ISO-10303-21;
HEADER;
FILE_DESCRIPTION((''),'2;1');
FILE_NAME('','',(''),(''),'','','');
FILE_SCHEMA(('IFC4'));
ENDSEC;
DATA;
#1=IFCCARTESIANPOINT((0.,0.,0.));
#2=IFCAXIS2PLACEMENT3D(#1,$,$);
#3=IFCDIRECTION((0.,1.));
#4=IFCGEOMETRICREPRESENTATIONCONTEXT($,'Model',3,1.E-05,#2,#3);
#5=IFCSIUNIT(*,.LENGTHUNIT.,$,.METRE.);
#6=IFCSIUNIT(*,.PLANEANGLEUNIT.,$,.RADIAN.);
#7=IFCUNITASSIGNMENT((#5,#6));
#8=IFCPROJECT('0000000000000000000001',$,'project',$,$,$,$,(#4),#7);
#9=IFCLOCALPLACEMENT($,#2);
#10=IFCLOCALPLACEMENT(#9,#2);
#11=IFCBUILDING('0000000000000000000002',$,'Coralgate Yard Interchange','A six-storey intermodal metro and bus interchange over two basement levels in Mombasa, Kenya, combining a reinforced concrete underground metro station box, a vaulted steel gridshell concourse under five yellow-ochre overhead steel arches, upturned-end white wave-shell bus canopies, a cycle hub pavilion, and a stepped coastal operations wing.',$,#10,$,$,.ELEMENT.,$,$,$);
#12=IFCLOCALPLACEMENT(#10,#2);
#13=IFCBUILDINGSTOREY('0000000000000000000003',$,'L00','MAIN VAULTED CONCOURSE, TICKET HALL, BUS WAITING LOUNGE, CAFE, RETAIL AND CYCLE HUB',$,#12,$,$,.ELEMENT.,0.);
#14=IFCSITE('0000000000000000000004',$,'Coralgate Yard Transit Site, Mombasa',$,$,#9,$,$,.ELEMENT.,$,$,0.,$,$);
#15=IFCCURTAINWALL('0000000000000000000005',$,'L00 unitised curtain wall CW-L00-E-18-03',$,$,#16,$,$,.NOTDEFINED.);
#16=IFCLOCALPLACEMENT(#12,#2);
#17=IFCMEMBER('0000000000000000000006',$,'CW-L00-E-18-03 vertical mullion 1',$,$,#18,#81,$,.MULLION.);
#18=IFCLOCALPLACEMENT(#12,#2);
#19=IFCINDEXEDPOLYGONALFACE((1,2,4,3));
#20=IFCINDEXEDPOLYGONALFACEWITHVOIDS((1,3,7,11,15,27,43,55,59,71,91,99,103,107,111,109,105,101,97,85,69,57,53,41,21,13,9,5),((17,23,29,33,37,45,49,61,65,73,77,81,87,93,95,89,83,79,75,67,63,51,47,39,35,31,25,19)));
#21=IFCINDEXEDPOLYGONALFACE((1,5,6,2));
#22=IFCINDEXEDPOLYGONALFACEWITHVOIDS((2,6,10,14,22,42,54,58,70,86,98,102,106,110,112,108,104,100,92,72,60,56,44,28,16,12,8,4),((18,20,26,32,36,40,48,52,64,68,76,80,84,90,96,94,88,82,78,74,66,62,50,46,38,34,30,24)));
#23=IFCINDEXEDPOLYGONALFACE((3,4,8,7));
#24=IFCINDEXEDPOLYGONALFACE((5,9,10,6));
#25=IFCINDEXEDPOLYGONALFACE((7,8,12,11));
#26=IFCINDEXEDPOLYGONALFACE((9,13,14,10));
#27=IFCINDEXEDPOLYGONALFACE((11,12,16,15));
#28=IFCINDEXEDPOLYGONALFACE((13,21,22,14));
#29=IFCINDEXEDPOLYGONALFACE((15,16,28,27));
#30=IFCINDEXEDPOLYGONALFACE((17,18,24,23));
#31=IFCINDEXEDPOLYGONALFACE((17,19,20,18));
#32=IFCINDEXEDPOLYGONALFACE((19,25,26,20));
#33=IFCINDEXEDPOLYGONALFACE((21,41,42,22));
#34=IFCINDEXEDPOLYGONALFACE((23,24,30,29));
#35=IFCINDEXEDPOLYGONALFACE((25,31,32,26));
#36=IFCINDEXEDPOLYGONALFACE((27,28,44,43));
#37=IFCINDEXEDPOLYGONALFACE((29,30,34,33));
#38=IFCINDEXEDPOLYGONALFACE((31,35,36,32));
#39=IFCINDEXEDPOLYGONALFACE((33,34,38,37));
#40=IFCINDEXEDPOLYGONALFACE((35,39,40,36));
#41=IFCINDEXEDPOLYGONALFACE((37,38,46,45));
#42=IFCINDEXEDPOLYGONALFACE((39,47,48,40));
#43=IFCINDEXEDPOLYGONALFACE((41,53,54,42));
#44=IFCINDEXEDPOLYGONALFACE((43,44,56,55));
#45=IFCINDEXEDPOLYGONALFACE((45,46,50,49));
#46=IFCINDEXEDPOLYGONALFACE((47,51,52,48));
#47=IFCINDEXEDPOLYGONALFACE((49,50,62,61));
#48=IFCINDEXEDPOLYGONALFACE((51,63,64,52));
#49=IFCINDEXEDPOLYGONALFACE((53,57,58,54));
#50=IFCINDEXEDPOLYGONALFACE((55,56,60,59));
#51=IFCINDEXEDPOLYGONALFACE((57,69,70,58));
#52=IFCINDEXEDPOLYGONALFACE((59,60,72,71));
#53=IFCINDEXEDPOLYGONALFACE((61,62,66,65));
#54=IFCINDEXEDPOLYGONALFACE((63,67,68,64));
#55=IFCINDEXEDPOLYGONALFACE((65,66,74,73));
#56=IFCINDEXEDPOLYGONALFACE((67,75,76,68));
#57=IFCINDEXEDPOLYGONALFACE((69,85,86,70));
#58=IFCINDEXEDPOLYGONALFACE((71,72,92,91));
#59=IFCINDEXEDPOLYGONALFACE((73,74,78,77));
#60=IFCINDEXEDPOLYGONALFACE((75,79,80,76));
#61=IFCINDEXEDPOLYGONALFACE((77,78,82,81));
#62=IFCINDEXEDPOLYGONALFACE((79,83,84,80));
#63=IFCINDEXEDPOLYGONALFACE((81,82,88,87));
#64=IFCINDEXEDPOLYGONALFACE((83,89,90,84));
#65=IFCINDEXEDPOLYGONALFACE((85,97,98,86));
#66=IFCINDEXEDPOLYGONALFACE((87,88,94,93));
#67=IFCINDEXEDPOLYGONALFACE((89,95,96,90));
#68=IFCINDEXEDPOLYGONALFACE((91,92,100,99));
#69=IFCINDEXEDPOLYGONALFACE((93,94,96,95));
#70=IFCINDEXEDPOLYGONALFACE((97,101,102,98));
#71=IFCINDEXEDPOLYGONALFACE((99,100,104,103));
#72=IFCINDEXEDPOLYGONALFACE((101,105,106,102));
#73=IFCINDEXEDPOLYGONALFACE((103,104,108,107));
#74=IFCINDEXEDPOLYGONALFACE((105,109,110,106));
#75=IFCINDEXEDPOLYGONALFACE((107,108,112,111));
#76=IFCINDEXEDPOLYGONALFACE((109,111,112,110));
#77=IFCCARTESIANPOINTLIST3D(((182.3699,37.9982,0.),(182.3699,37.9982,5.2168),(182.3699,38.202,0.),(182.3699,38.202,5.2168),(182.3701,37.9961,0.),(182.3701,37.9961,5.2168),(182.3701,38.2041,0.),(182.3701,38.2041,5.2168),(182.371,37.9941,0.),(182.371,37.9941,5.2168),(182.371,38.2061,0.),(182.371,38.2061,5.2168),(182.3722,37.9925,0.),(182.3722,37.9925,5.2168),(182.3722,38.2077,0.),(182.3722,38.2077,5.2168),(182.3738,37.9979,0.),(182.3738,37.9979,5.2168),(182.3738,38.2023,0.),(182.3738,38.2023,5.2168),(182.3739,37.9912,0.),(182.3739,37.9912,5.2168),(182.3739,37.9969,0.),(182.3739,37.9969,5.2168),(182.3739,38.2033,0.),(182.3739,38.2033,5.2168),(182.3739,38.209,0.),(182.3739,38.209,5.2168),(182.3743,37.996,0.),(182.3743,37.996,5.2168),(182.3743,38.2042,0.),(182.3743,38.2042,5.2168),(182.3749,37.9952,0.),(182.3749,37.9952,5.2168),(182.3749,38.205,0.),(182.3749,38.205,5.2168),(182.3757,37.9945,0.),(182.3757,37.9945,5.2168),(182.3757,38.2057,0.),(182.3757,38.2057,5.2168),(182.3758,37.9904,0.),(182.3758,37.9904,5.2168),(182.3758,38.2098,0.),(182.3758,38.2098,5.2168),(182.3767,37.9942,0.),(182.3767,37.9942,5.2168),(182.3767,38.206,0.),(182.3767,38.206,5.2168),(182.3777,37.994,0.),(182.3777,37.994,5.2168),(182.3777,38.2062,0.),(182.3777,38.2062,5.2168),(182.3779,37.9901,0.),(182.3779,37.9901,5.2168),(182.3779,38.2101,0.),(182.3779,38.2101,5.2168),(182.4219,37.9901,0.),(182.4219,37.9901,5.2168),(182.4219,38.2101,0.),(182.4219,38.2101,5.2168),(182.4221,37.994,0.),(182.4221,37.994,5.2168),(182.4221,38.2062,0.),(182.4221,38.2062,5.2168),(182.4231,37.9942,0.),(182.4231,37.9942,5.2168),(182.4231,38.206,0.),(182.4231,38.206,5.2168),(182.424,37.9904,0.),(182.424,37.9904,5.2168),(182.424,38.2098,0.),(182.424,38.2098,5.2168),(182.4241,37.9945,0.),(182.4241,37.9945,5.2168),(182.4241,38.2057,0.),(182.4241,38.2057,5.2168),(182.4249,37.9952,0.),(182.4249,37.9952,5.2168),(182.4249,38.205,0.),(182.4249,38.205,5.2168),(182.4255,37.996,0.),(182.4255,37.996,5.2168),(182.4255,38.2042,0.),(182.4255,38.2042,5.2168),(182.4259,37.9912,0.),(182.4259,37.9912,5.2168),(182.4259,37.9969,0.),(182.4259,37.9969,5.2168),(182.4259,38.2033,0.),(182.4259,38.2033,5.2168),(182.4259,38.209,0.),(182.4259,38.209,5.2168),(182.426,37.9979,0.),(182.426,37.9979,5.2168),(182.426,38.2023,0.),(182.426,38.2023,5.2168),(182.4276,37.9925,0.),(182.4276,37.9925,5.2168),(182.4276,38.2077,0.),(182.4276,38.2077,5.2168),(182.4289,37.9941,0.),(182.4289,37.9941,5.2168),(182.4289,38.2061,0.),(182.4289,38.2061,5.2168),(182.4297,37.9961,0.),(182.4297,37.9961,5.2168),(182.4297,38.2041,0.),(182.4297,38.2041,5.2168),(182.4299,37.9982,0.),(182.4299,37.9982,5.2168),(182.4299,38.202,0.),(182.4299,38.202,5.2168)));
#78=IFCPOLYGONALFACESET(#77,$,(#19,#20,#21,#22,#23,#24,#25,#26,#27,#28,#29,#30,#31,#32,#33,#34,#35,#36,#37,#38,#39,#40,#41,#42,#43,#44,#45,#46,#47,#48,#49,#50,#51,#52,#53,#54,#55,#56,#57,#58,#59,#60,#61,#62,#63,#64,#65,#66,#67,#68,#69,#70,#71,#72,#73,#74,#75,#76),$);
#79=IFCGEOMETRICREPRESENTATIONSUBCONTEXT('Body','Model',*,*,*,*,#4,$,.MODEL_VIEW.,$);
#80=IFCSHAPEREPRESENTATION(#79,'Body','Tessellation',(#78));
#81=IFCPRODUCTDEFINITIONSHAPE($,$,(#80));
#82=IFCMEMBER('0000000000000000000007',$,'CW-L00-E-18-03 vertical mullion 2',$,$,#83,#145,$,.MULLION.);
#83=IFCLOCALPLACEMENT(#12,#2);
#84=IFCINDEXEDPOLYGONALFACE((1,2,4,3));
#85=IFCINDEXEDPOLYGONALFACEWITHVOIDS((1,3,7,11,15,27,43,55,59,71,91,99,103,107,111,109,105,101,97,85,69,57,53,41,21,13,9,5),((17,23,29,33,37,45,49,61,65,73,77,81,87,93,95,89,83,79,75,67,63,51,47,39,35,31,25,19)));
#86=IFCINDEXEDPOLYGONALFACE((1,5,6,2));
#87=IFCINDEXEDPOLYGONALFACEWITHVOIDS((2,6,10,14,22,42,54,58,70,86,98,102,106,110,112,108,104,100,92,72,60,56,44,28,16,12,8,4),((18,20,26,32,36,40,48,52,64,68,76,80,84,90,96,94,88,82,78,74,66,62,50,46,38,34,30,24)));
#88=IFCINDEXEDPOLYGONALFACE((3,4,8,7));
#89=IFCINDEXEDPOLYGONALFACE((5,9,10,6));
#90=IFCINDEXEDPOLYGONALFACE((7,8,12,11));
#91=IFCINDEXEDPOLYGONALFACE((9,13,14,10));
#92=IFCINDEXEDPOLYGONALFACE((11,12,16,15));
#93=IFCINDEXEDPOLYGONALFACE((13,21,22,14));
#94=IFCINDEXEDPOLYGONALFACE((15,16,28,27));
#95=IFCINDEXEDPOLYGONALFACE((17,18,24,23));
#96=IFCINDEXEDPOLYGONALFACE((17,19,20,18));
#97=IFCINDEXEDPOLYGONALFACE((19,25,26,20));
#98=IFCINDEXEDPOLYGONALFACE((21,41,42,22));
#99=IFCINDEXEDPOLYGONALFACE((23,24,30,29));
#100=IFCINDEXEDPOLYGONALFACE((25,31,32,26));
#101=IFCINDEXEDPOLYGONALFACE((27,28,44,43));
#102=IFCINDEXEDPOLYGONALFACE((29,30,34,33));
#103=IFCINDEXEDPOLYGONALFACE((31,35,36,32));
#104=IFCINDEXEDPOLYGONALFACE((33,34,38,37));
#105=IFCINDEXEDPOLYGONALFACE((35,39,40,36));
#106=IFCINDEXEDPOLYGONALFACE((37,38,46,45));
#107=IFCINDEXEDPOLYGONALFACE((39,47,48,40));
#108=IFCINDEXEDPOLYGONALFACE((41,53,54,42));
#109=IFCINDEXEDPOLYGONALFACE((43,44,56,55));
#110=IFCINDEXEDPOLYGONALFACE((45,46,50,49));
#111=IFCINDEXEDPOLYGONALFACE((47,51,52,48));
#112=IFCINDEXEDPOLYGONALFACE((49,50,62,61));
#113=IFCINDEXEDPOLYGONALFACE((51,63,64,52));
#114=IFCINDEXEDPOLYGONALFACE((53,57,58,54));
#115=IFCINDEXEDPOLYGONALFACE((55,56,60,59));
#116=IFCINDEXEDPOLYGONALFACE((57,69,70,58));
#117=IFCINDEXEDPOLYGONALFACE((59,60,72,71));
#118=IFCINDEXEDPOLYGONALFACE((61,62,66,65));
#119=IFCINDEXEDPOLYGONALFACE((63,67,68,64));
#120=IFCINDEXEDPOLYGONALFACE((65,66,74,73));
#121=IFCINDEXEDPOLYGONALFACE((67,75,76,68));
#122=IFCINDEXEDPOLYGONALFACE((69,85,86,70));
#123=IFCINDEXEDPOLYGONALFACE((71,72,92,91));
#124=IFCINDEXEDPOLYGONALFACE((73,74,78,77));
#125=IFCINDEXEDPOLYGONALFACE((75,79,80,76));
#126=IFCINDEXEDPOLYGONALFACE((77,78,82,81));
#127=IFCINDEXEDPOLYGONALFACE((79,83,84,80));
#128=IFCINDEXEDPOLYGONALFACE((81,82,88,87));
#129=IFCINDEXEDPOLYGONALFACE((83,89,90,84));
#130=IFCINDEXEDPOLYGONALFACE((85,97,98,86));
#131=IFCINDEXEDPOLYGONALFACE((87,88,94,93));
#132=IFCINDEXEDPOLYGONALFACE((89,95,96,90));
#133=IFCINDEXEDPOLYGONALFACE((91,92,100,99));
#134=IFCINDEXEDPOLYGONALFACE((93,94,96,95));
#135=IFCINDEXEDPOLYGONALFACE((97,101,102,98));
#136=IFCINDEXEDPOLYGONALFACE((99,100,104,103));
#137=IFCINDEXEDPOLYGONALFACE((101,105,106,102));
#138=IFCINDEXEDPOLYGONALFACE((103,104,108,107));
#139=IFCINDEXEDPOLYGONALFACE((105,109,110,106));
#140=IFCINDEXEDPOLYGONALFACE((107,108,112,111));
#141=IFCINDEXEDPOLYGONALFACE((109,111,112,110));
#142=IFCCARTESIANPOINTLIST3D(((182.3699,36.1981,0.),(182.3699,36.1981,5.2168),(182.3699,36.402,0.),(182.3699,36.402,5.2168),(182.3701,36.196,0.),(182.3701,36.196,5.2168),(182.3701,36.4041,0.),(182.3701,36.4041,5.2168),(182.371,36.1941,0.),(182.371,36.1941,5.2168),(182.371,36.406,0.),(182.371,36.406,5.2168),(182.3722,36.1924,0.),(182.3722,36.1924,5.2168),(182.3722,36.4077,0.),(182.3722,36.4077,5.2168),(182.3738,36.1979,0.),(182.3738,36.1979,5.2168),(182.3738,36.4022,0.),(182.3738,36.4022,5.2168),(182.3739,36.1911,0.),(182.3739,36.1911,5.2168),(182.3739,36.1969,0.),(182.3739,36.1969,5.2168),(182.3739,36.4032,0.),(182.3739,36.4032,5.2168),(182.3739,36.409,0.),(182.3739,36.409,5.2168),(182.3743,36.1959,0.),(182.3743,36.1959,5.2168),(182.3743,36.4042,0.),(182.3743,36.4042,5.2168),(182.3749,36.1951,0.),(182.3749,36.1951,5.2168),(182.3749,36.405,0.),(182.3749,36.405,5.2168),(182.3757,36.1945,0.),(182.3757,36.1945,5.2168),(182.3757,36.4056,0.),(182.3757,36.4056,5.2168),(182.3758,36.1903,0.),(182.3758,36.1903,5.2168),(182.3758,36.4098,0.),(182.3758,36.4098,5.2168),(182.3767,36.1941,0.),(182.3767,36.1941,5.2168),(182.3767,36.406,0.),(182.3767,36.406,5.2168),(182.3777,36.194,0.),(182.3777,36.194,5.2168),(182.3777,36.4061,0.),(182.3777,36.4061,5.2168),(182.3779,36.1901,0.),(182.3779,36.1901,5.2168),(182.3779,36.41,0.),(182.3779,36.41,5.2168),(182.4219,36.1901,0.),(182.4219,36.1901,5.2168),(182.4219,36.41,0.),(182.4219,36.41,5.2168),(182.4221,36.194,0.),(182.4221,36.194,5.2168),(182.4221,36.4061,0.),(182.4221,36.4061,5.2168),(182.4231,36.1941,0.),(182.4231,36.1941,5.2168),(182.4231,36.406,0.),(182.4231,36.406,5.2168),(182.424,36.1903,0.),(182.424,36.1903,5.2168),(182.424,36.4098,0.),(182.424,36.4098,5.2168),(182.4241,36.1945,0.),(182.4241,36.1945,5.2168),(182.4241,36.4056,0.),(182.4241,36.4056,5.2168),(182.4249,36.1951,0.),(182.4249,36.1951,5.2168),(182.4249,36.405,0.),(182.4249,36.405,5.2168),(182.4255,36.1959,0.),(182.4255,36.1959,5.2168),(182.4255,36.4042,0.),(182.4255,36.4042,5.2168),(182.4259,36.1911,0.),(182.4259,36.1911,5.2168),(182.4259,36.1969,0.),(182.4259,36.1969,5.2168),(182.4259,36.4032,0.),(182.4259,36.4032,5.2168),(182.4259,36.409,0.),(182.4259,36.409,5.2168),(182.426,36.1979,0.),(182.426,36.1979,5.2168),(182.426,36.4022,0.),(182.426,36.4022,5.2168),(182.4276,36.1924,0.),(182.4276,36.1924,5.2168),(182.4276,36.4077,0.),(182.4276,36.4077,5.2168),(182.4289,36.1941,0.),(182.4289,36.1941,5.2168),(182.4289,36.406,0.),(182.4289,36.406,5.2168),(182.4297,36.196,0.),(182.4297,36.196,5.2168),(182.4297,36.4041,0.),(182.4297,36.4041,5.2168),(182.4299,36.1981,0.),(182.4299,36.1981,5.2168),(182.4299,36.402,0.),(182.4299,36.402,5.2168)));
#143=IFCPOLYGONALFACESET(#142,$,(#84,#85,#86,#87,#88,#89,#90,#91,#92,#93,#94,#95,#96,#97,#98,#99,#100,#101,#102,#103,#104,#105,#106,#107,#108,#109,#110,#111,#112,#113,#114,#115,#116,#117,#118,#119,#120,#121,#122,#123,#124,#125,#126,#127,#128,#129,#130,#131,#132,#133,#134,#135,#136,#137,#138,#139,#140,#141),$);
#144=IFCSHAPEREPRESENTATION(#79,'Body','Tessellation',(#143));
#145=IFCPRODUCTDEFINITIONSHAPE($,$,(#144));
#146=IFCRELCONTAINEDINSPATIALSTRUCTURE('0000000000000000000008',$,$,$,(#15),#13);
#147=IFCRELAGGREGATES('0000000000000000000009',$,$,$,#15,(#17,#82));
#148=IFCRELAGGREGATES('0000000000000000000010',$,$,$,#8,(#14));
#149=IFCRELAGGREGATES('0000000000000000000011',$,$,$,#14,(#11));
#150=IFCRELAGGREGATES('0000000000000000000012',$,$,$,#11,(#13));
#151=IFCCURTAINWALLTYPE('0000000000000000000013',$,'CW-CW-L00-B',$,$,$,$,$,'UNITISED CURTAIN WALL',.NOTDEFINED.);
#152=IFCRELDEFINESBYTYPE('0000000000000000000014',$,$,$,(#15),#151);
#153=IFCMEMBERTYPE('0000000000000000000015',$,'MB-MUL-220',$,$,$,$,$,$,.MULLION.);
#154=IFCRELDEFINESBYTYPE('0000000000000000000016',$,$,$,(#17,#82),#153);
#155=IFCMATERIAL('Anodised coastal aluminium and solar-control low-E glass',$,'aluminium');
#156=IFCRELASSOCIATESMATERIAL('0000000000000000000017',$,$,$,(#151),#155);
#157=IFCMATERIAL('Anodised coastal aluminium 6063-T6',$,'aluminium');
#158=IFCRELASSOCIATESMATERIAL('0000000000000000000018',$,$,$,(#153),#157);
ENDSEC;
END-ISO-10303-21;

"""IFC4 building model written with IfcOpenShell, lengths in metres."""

from ifc_helpers import new_model, si_unit, direction, frame, origin, origin_2d, place, context, subcontext, project, spatial, hollow_rectangle, extrude, material, material_profile, profile_set, type_object, element, aggregate, save


model = new_model("IFC4")

# Units and contexts
model_context = context("Model", 3, precision=1e-05, world=origin(), true_north=direction((0.0, 1.0)))
body_context = subcontext(model_context, "Body", "Model", "MODEL_VIEW")
ifc_project = project(units=[si_unit("LENGTHUNIT", "METRE"), si_unit("PLANEANGLEUNIT", "RADIAN")], contexts=[model_context])

# Site, building, storey
site_placement = place(None, origin())
site = spatial("IfcSite", under=ifc_project, at=site_placement, Name="Coralgate Yard Transit Site, Mombasa", CompositionType="ELEMENT", RefElevation=0.0)
building_placement = place(site_placement, origin())
building = spatial("IfcBuilding", under=site, at=building_placement, Name="Coralgate Yard Interchange", Description="A six-storey intermodal metro and bus interchange over two basement levels in Mombasa, Kenya, combining a reinforced concrete underground metro station box, a vaulted steel gridshell concourse under five yellow-ochre overhead steel arches, upturned-end white wave-shell bus canopies, a cycle hub pavilion, and a stepped coastal operations wing.", CompositionType="ELEMENT")
storey_placement = place(building_placement, origin())
storey = spatial("IfcBuildingStorey", under=building, at=storey_placement, Name="L00", Description="MAIN VAULTED CONCOURSE, TICKET HALL, BUS WAITING LOUNGE, CAFE, RETAIL AND CYCLE HUB", CompositionType="ELEMENT", Elevation=0.0)

# Curtain wall, members
ifc_material_1 = material(Name="Anodised coastal aluminium and solar-control low-E glass", Category="aluminium")
curtain_wall_type = type_object("IfcCurtainWallType", Name="CW-CW-L00-B", ElementType="UNITISED CURTAIN WALL", PredefinedType="NOTDEFINED", material=ifc_material_1)
curtain_wall_placement = place(storey_placement, origin())
curtain_wall = element("IfcCurtainWall", 1, at=curtain_wall_placement, inside=storey, type_object=curtain_wall_type, Name="L00 unitised curtain wall CW-L00-E-18-03", PredefinedType="NOTDEFINED")
ifc_material_2 = material(Name="Anodised coastal aluminium 6063-T6", Category="aluminium")
ifc_material_profile_1 = material_profile(ifc_material_2, hollow_rectangle(XDim=0.0601, YDim=0.22, WallThickness=0.0039, InnerFilletRadius=0.0039, OuterFilletRadius=0.0081, at=origin_2d()), Name="ALU 60x220x4")
ifc_profile_set_1 = profile_set([ifc_material_profile_1], Name="Anodised coastal aluminium 6063-T6")
member_type_1 = type_object("IfcMemberType", Name="MB-MUL-220", PredefinedType="MULLION", material=ifc_profile_set_1)
member_1_placement = place(storey_placement, frame((182.3999, 38.1001, 0.0), z_axis=(0.0, 0.0, 1.0), x_axis=(1.0, 0.0, 0.0)))
member_1 = element("IfcMember", 2, at=member_1_placement, type_object=member_type_1, Name="CW-L00-E-18-03 vertical mullion 1", PredefinedType="MULLION", context=body_context, shape_type="SweptSolid", body=[
    extrude(hollow_rectangle(XDim=0.0601, YDim=0.22, WallThickness=0.0039, InnerFilletRadius=0.0039, OuterFilletRadius=0.0081, at=origin_2d()), origin(), (0.0, 0.0, 1.0), 5.2168),
])
member_2_placement = place(storey_placement, frame((182.3999, 36.3, 0.0), z_axis=(0.0, 0.0, 1.0), x_axis=(1.0, 0.0, 0.0)))
member_2 = element("IfcMember", 3, at=member_2_placement, type_object=member_type_1, Name="CW-L00-E-18-03 vertical mullion 2", PredefinedType="MULLION", context=body_context, shape_type="SweptSolid", body=[
    extrude(hollow_rectangle(XDim=0.0601, YDim=0.22, WallThickness=0.0039, InnerFilletRadius=0.0039, OuterFilletRadius=0.0081, at=origin_2d()), origin(), (0.0, 0.0, 1.0), 5.2168),
])
aggregate(curtain_wall, [member_1, member_2])

save(model, "model.ifc")
